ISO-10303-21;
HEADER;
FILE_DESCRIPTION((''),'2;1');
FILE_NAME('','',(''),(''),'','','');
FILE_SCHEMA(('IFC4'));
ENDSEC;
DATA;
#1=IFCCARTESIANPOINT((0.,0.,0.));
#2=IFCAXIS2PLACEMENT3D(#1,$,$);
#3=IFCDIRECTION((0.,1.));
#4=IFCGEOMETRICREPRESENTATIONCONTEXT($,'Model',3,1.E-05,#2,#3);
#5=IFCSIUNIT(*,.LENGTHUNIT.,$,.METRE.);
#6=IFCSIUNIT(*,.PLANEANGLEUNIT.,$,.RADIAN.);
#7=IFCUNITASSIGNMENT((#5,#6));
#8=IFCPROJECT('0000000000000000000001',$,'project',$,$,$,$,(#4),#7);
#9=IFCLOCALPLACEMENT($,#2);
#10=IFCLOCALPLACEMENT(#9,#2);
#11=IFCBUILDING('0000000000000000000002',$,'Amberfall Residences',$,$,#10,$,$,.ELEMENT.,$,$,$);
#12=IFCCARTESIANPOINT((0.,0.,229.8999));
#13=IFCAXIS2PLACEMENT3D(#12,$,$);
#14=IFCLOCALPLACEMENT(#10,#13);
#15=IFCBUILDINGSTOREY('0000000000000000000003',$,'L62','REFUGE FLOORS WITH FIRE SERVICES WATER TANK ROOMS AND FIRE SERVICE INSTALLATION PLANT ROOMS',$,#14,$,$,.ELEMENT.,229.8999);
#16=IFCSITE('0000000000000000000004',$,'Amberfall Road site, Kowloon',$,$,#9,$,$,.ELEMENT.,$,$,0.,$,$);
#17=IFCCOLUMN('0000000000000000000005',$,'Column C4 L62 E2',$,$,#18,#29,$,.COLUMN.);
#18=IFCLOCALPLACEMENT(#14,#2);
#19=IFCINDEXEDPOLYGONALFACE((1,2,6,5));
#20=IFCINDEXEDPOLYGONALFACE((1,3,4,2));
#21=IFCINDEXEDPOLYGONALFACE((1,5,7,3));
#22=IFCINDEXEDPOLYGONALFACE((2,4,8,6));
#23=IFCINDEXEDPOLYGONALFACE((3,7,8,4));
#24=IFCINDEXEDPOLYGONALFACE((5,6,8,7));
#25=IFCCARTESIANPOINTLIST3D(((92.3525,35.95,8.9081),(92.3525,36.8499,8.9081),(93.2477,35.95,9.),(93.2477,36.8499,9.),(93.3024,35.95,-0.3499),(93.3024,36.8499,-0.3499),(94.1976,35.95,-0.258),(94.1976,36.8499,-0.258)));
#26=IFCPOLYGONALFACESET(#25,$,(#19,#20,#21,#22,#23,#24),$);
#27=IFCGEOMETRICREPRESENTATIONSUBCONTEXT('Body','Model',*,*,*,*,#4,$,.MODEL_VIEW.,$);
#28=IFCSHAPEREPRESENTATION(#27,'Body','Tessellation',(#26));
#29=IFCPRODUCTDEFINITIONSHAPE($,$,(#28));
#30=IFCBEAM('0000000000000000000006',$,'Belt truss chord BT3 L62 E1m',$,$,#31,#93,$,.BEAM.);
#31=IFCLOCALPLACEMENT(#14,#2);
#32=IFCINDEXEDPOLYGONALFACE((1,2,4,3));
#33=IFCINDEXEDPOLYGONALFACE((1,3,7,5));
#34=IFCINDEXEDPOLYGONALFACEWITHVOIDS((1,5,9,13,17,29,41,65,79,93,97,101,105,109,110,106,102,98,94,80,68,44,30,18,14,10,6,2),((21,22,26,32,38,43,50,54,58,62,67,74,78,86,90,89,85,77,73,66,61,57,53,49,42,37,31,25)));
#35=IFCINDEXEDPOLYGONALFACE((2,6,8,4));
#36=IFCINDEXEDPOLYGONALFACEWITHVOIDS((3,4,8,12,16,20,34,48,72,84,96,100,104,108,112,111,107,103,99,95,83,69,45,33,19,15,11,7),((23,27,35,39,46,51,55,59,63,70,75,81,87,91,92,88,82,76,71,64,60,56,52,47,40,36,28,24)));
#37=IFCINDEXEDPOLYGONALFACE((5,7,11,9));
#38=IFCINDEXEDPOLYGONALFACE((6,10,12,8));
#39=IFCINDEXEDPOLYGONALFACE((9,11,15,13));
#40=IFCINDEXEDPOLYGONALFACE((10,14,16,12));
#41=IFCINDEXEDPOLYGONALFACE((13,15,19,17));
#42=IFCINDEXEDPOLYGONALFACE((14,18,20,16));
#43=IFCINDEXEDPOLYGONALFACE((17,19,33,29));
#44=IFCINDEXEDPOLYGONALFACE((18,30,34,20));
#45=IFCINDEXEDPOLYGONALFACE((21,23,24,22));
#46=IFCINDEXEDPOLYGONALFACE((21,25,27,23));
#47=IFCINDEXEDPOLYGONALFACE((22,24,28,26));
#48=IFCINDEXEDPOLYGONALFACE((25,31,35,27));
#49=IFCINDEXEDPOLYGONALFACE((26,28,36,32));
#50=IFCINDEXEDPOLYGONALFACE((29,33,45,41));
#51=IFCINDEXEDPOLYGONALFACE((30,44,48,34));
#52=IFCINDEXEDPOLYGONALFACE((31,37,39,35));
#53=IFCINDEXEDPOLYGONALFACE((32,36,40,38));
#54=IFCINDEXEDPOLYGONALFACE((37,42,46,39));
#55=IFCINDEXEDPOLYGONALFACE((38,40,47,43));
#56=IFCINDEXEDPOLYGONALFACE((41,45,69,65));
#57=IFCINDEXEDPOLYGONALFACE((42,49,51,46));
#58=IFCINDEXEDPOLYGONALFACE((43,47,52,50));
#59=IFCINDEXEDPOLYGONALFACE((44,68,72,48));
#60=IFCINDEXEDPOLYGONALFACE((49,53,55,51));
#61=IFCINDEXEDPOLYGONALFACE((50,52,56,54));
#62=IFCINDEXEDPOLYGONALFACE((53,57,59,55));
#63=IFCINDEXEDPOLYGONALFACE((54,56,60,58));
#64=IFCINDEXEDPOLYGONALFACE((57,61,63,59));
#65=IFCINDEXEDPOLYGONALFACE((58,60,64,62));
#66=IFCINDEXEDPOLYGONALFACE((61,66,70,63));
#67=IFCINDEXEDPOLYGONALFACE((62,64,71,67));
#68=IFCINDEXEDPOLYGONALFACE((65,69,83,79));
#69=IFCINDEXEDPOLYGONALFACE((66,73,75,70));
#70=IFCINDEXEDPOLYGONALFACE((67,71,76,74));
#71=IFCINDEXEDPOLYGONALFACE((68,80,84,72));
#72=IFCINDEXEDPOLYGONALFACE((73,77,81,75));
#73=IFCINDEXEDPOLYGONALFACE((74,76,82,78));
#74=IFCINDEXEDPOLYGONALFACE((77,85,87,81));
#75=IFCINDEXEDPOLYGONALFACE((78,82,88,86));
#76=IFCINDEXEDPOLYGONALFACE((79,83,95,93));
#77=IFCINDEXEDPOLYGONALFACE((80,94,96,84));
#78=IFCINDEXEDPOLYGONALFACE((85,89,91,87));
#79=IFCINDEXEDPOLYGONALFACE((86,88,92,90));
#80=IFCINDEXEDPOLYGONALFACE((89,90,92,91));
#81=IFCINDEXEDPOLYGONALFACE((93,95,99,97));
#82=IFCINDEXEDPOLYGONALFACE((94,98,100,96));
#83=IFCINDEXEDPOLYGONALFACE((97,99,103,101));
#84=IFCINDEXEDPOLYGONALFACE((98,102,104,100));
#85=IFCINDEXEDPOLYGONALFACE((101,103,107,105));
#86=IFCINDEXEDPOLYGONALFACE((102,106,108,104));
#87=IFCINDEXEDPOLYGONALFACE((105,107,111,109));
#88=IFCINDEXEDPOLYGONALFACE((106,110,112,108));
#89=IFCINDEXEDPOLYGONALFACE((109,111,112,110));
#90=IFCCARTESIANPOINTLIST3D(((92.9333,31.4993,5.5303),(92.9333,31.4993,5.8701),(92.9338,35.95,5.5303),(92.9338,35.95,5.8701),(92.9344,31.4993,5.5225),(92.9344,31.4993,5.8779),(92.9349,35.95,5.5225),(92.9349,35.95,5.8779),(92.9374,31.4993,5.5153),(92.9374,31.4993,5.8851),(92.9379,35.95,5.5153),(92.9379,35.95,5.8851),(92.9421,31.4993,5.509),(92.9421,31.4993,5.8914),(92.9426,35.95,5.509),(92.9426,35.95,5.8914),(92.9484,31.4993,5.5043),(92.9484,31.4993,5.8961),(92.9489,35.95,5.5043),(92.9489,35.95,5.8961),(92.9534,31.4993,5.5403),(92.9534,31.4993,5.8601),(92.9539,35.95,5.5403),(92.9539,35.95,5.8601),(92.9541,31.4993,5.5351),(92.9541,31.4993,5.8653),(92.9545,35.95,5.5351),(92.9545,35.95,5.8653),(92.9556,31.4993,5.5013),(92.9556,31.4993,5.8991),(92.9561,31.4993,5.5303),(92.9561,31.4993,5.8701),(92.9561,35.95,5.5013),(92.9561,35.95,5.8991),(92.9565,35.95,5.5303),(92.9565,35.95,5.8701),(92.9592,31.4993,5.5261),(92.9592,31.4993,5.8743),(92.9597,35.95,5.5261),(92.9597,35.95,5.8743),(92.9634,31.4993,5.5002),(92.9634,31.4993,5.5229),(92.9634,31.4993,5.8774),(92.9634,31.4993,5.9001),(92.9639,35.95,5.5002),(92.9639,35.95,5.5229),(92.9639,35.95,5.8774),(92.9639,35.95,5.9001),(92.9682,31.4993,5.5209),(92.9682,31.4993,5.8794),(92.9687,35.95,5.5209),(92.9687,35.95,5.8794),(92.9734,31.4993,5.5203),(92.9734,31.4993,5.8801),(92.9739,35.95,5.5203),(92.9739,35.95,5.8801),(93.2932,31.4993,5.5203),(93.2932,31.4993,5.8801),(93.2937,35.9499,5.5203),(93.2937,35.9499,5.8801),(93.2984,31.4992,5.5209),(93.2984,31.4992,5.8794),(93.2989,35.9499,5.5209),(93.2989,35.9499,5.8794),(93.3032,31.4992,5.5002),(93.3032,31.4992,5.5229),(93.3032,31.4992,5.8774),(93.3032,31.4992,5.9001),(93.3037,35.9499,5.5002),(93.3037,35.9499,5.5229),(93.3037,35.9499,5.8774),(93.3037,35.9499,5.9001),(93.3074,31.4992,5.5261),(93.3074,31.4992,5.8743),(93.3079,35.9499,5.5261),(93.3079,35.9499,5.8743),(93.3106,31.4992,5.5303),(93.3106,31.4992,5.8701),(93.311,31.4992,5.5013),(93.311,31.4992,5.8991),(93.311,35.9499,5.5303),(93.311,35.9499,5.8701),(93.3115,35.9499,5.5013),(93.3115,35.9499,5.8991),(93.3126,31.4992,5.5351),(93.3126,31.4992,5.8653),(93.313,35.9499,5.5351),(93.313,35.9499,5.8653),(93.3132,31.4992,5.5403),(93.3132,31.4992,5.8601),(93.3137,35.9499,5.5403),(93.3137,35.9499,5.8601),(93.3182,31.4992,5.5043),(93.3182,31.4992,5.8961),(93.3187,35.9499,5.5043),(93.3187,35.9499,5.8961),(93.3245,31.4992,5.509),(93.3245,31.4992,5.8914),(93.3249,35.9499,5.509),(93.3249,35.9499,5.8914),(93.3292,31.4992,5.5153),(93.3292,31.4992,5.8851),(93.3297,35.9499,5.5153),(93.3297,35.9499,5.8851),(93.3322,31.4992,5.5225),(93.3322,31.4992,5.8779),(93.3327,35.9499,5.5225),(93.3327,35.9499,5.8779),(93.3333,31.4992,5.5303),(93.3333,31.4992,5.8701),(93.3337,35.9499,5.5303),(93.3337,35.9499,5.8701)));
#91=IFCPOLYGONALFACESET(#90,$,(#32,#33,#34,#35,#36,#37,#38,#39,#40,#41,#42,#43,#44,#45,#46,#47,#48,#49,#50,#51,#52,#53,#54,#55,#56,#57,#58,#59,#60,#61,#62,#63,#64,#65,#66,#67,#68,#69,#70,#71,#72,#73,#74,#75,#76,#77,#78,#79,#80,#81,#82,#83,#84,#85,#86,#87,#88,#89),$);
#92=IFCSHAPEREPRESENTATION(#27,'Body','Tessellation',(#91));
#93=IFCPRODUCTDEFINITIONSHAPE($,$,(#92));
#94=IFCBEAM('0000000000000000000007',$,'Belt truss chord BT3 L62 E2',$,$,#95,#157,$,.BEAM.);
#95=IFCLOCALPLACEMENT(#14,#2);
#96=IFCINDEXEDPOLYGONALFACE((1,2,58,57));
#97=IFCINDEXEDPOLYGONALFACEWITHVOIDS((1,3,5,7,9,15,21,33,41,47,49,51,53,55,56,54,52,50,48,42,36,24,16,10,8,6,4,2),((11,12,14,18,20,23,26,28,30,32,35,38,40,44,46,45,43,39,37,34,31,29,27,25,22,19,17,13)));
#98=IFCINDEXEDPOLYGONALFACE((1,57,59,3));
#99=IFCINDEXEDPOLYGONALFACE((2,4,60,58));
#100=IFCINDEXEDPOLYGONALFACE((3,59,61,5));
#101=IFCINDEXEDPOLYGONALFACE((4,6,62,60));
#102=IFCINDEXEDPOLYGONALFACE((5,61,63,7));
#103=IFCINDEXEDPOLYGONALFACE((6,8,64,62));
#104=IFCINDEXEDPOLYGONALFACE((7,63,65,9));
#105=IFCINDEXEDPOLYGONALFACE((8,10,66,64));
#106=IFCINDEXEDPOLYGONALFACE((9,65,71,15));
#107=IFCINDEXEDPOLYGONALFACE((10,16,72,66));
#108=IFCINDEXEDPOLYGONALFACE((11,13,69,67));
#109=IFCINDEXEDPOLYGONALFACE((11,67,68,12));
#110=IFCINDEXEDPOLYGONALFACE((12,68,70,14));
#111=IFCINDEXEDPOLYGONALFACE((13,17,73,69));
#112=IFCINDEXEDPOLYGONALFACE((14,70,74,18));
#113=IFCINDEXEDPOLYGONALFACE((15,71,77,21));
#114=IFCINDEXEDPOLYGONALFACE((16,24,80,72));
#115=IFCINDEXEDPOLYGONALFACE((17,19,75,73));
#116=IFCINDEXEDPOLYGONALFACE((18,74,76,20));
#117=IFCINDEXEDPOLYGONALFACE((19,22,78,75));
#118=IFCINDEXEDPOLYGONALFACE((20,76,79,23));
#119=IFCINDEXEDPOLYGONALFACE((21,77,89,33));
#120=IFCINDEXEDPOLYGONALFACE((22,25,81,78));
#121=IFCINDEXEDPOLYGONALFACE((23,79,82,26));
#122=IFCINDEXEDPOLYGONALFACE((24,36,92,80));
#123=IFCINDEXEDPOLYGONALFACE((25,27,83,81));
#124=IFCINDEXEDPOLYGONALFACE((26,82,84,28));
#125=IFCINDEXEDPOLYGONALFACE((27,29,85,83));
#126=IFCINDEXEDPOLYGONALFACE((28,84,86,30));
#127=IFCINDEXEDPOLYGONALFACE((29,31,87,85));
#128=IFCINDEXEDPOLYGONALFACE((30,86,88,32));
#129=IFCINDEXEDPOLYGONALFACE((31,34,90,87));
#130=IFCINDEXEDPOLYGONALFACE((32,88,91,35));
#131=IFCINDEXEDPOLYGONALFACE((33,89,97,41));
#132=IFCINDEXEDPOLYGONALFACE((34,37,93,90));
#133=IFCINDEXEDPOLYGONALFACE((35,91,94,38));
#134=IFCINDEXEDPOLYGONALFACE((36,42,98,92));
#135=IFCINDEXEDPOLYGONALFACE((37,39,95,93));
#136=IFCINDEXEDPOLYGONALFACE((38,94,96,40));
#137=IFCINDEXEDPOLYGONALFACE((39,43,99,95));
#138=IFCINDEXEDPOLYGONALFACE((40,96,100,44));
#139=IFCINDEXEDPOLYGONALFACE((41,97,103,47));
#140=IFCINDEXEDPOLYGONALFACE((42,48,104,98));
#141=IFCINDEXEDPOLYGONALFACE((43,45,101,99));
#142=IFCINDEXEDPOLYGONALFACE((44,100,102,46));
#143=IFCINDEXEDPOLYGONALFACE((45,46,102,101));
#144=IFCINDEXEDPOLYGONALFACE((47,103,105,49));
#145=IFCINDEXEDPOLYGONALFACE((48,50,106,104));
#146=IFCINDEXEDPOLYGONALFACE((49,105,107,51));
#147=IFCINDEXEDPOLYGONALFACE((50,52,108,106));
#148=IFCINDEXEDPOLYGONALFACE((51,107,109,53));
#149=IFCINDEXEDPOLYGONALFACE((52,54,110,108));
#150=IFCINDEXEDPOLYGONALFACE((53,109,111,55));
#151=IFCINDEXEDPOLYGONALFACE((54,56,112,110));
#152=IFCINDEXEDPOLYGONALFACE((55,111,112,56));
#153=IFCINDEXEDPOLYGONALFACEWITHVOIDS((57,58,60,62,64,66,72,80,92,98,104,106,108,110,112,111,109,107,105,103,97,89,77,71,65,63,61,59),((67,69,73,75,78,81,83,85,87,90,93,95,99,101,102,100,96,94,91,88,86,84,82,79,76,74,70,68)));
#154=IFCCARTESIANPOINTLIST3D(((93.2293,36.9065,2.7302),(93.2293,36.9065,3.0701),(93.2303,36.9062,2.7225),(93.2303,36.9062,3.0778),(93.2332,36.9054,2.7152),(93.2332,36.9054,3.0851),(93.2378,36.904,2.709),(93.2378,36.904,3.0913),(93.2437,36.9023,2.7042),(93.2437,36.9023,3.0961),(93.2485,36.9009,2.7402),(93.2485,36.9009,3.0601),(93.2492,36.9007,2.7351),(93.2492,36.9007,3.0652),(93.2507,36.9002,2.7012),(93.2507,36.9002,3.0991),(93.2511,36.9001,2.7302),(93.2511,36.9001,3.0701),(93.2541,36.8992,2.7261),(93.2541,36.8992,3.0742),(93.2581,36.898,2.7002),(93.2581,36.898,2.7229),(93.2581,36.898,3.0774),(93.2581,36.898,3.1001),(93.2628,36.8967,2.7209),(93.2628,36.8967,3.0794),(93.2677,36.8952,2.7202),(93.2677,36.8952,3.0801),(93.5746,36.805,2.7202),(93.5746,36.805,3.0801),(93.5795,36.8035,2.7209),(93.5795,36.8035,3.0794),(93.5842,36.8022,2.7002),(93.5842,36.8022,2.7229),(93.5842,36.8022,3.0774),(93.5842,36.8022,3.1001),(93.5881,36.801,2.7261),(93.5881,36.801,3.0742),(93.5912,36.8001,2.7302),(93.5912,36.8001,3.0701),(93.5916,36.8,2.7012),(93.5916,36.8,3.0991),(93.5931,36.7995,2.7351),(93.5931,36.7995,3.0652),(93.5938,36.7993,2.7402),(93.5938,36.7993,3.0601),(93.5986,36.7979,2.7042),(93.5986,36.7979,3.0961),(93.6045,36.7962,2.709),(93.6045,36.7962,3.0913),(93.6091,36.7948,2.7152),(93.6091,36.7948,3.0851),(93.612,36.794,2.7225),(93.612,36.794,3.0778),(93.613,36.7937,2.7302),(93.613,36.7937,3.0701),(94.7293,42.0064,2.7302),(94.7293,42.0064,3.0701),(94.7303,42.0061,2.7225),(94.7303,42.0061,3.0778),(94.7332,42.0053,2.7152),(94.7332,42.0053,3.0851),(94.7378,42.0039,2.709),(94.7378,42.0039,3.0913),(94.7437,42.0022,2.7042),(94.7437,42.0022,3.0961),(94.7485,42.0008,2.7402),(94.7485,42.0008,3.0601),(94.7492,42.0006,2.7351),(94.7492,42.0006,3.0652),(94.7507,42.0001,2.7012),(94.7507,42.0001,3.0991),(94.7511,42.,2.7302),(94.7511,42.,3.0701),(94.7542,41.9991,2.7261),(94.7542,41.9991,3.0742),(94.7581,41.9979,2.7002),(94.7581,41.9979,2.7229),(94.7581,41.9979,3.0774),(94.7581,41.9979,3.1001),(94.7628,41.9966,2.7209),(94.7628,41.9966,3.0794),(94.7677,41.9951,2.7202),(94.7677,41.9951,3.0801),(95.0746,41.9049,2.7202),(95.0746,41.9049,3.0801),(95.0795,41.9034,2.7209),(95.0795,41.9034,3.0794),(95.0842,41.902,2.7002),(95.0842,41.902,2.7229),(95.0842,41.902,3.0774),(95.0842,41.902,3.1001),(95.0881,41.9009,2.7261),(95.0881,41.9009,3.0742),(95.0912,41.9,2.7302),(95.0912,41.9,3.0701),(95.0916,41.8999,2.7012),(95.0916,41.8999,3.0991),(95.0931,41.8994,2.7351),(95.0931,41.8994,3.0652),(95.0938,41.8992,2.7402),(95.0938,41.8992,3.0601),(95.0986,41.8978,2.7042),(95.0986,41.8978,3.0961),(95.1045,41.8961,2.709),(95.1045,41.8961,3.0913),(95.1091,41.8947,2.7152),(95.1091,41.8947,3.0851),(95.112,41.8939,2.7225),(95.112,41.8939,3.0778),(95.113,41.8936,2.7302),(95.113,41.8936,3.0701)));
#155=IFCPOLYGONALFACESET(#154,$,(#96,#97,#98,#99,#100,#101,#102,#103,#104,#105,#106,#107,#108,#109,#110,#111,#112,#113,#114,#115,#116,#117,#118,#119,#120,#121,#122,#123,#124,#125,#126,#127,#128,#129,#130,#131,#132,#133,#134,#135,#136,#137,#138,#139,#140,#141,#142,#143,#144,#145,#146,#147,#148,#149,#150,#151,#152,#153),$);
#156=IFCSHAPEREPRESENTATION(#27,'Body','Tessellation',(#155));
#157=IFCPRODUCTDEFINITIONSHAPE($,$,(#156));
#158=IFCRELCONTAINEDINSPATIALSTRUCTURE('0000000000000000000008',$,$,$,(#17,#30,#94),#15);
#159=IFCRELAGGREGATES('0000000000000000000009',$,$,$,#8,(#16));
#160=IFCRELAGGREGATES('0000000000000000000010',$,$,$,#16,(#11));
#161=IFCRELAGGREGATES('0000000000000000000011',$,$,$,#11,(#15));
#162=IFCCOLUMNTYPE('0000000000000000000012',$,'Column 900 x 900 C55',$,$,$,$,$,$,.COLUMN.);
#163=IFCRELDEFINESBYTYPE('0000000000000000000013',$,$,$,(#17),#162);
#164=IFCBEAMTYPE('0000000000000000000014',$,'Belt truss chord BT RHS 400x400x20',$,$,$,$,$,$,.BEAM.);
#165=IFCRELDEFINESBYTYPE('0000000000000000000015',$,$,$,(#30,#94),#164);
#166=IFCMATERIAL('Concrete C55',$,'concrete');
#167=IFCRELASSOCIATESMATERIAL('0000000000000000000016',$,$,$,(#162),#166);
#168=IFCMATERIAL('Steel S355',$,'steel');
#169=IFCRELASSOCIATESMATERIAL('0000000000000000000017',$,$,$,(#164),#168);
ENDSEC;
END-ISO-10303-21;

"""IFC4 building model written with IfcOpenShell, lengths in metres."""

from ifc_helpers import new_model, si_unit, direction, frame, origin, origin_2d, place, context, subcontext, project, spatial, rectangle, hollow_rectangle, extrude, material, material_profile, profile_set, type_object, element, save


model = new_model("IFC4")

# Units and contexts
model_context = context("Model", 3, precision=1e-05, world=origin(), true_north=direction((0.0, 1.0)))
body_context = subcontext(model_context, "Body", "Model", "MODEL_VIEW")
ifc_project = project(units=[si_unit("LENGTHUNIT", "METRE"), si_unit("PLANEANGLEUNIT", "RADIAN")], contexts=[model_context])

# Site, building, storey
site_placement = place(None, origin())
site = spatial("IfcSite", under=ifc_project, at=site_placement, Name="Amberfall Road site, Kowloon", CompositionType="ELEMENT", RefElevation=0.0)
building_placement = place(site_placement, origin())
building = spatial("IfcBuilding", under=site, at=building_placement, Name="Amberfall Residences", CompositionType="ELEMENT")
storey_placement = place(building_placement, frame((0.0, 0.0, 229.8999)))
storey = spatial("IfcBuildingStorey", under=building, at=storey_placement, Name="L62", Description="REFUGE FLOORS WITH FIRE SERVICES WATER TANK ROOMS AND FIRE SERVICE INSTALLATION PLANT ROOMS", CompositionType="ELEMENT", Elevation=229.8999)

# Column
ifc_material_1 = material(Name="Concrete C55", Category="concrete")
ifc_material_profile_1 = material_profile(ifc_material_1, rectangle(XDim=0.8999, YDim=0.8999, at=origin_2d()), Name="Column 900 x 900 C55")
ifc_profile_set_1 = profile_set([ifc_material_profile_1], Name="Concrete C55")
column_type = type_object("IfcColumnType", Name="Column 900 x 900 C55", PredefinedType="COLUMN", material=ifc_profile_set_1)
column_placement = place(storey_placement, frame((93.75, 36.3999, -0.304), z_axis=(-0.102072, 0.0, 0.994777), x_axis=(0.0, -1.0, 0.0)))
element("IfcColumn", 1, at=column_placement, inside=storey, type_object=column_type, Name="Column C4 L62 E2", PredefinedType="COLUMN", context=body_context, shape_type="SweptSolid", body=[
    extrude(rectangle(XDim=0.8999, YDim=0.8999, at=origin_2d()), origin(), (0.0, 0.0, 1.0), 9.3066),
])

# Beams
ifc_material_2 = material(Name="Steel S355", Category="steel")
ifc_material_profile_2 = material_profile(ifc_material_2, hollow_rectangle(XDim=0.3999, YDim=0.3999, WallThickness=0.02, InnerFilletRadius=0.02, OuterFilletRadius=0.03, at=origin_2d()), Name="RHS 400x400x20")
ifc_profile_set_2 = profile_set([ifc_material_profile_2], Name="Steel S355")
beam_type_1 = type_object("IfcBeamType", Name="Belt truss chord BT RHS 400x400x20", PredefinedType="BEAM", material=ifc_profile_set_2)
beam_1_placement = place(storey_placement, frame((93.1333, 31.4993, 5.7002), z_axis=(0.00011, 1.0, 0.0), x_axis=(-1.0, 0.00011, 0.0)))
element("IfcBeam", 2, at=beam_1_placement, inside=storey, type_object=beam_type_1, Name="Belt truss chord BT3 L62 E1m", PredefinedType="BEAM", context=body_context, shape_type="SweptSolid", body=[
    extrude(hollow_rectangle(XDim=0.3999, YDim=0.3999, WallThickness=0.02, InnerFilletRadius=0.02, OuterFilletRadius=0.03, at=origin_2d()), origin(), (0.0, 0.0, 1.0), 4.4507),
])
for number, where, z_axis, x_axis, name in (
    (3, (93.4211, 36.8501, 2.9001), (0.282174, 0.959363, 0.0), (-0.959363, 0.282174, 0.0), "Belt truss chord BT3 L62 E2"),
):
    element("IfcBeam", number, at=place(storey_placement, frame(where, z_axis=z_axis, x_axis=x_axis)), inside=storey, type_object=beam_type_1, Name=name, PredefinedType="BEAM", context=body_context, shape_type="SweptSolid", body=[
        extrude(hollow_rectangle(XDim=0.3999, YDim=0.3999, WallThickness=0.02, InnerFilletRadius=0.02, OuterFilletRadius=0.03, at=origin_2d()), origin(), (0.0, 0.0, 1.0), 5.3159),
    ])

save(model, "model.ifc")
